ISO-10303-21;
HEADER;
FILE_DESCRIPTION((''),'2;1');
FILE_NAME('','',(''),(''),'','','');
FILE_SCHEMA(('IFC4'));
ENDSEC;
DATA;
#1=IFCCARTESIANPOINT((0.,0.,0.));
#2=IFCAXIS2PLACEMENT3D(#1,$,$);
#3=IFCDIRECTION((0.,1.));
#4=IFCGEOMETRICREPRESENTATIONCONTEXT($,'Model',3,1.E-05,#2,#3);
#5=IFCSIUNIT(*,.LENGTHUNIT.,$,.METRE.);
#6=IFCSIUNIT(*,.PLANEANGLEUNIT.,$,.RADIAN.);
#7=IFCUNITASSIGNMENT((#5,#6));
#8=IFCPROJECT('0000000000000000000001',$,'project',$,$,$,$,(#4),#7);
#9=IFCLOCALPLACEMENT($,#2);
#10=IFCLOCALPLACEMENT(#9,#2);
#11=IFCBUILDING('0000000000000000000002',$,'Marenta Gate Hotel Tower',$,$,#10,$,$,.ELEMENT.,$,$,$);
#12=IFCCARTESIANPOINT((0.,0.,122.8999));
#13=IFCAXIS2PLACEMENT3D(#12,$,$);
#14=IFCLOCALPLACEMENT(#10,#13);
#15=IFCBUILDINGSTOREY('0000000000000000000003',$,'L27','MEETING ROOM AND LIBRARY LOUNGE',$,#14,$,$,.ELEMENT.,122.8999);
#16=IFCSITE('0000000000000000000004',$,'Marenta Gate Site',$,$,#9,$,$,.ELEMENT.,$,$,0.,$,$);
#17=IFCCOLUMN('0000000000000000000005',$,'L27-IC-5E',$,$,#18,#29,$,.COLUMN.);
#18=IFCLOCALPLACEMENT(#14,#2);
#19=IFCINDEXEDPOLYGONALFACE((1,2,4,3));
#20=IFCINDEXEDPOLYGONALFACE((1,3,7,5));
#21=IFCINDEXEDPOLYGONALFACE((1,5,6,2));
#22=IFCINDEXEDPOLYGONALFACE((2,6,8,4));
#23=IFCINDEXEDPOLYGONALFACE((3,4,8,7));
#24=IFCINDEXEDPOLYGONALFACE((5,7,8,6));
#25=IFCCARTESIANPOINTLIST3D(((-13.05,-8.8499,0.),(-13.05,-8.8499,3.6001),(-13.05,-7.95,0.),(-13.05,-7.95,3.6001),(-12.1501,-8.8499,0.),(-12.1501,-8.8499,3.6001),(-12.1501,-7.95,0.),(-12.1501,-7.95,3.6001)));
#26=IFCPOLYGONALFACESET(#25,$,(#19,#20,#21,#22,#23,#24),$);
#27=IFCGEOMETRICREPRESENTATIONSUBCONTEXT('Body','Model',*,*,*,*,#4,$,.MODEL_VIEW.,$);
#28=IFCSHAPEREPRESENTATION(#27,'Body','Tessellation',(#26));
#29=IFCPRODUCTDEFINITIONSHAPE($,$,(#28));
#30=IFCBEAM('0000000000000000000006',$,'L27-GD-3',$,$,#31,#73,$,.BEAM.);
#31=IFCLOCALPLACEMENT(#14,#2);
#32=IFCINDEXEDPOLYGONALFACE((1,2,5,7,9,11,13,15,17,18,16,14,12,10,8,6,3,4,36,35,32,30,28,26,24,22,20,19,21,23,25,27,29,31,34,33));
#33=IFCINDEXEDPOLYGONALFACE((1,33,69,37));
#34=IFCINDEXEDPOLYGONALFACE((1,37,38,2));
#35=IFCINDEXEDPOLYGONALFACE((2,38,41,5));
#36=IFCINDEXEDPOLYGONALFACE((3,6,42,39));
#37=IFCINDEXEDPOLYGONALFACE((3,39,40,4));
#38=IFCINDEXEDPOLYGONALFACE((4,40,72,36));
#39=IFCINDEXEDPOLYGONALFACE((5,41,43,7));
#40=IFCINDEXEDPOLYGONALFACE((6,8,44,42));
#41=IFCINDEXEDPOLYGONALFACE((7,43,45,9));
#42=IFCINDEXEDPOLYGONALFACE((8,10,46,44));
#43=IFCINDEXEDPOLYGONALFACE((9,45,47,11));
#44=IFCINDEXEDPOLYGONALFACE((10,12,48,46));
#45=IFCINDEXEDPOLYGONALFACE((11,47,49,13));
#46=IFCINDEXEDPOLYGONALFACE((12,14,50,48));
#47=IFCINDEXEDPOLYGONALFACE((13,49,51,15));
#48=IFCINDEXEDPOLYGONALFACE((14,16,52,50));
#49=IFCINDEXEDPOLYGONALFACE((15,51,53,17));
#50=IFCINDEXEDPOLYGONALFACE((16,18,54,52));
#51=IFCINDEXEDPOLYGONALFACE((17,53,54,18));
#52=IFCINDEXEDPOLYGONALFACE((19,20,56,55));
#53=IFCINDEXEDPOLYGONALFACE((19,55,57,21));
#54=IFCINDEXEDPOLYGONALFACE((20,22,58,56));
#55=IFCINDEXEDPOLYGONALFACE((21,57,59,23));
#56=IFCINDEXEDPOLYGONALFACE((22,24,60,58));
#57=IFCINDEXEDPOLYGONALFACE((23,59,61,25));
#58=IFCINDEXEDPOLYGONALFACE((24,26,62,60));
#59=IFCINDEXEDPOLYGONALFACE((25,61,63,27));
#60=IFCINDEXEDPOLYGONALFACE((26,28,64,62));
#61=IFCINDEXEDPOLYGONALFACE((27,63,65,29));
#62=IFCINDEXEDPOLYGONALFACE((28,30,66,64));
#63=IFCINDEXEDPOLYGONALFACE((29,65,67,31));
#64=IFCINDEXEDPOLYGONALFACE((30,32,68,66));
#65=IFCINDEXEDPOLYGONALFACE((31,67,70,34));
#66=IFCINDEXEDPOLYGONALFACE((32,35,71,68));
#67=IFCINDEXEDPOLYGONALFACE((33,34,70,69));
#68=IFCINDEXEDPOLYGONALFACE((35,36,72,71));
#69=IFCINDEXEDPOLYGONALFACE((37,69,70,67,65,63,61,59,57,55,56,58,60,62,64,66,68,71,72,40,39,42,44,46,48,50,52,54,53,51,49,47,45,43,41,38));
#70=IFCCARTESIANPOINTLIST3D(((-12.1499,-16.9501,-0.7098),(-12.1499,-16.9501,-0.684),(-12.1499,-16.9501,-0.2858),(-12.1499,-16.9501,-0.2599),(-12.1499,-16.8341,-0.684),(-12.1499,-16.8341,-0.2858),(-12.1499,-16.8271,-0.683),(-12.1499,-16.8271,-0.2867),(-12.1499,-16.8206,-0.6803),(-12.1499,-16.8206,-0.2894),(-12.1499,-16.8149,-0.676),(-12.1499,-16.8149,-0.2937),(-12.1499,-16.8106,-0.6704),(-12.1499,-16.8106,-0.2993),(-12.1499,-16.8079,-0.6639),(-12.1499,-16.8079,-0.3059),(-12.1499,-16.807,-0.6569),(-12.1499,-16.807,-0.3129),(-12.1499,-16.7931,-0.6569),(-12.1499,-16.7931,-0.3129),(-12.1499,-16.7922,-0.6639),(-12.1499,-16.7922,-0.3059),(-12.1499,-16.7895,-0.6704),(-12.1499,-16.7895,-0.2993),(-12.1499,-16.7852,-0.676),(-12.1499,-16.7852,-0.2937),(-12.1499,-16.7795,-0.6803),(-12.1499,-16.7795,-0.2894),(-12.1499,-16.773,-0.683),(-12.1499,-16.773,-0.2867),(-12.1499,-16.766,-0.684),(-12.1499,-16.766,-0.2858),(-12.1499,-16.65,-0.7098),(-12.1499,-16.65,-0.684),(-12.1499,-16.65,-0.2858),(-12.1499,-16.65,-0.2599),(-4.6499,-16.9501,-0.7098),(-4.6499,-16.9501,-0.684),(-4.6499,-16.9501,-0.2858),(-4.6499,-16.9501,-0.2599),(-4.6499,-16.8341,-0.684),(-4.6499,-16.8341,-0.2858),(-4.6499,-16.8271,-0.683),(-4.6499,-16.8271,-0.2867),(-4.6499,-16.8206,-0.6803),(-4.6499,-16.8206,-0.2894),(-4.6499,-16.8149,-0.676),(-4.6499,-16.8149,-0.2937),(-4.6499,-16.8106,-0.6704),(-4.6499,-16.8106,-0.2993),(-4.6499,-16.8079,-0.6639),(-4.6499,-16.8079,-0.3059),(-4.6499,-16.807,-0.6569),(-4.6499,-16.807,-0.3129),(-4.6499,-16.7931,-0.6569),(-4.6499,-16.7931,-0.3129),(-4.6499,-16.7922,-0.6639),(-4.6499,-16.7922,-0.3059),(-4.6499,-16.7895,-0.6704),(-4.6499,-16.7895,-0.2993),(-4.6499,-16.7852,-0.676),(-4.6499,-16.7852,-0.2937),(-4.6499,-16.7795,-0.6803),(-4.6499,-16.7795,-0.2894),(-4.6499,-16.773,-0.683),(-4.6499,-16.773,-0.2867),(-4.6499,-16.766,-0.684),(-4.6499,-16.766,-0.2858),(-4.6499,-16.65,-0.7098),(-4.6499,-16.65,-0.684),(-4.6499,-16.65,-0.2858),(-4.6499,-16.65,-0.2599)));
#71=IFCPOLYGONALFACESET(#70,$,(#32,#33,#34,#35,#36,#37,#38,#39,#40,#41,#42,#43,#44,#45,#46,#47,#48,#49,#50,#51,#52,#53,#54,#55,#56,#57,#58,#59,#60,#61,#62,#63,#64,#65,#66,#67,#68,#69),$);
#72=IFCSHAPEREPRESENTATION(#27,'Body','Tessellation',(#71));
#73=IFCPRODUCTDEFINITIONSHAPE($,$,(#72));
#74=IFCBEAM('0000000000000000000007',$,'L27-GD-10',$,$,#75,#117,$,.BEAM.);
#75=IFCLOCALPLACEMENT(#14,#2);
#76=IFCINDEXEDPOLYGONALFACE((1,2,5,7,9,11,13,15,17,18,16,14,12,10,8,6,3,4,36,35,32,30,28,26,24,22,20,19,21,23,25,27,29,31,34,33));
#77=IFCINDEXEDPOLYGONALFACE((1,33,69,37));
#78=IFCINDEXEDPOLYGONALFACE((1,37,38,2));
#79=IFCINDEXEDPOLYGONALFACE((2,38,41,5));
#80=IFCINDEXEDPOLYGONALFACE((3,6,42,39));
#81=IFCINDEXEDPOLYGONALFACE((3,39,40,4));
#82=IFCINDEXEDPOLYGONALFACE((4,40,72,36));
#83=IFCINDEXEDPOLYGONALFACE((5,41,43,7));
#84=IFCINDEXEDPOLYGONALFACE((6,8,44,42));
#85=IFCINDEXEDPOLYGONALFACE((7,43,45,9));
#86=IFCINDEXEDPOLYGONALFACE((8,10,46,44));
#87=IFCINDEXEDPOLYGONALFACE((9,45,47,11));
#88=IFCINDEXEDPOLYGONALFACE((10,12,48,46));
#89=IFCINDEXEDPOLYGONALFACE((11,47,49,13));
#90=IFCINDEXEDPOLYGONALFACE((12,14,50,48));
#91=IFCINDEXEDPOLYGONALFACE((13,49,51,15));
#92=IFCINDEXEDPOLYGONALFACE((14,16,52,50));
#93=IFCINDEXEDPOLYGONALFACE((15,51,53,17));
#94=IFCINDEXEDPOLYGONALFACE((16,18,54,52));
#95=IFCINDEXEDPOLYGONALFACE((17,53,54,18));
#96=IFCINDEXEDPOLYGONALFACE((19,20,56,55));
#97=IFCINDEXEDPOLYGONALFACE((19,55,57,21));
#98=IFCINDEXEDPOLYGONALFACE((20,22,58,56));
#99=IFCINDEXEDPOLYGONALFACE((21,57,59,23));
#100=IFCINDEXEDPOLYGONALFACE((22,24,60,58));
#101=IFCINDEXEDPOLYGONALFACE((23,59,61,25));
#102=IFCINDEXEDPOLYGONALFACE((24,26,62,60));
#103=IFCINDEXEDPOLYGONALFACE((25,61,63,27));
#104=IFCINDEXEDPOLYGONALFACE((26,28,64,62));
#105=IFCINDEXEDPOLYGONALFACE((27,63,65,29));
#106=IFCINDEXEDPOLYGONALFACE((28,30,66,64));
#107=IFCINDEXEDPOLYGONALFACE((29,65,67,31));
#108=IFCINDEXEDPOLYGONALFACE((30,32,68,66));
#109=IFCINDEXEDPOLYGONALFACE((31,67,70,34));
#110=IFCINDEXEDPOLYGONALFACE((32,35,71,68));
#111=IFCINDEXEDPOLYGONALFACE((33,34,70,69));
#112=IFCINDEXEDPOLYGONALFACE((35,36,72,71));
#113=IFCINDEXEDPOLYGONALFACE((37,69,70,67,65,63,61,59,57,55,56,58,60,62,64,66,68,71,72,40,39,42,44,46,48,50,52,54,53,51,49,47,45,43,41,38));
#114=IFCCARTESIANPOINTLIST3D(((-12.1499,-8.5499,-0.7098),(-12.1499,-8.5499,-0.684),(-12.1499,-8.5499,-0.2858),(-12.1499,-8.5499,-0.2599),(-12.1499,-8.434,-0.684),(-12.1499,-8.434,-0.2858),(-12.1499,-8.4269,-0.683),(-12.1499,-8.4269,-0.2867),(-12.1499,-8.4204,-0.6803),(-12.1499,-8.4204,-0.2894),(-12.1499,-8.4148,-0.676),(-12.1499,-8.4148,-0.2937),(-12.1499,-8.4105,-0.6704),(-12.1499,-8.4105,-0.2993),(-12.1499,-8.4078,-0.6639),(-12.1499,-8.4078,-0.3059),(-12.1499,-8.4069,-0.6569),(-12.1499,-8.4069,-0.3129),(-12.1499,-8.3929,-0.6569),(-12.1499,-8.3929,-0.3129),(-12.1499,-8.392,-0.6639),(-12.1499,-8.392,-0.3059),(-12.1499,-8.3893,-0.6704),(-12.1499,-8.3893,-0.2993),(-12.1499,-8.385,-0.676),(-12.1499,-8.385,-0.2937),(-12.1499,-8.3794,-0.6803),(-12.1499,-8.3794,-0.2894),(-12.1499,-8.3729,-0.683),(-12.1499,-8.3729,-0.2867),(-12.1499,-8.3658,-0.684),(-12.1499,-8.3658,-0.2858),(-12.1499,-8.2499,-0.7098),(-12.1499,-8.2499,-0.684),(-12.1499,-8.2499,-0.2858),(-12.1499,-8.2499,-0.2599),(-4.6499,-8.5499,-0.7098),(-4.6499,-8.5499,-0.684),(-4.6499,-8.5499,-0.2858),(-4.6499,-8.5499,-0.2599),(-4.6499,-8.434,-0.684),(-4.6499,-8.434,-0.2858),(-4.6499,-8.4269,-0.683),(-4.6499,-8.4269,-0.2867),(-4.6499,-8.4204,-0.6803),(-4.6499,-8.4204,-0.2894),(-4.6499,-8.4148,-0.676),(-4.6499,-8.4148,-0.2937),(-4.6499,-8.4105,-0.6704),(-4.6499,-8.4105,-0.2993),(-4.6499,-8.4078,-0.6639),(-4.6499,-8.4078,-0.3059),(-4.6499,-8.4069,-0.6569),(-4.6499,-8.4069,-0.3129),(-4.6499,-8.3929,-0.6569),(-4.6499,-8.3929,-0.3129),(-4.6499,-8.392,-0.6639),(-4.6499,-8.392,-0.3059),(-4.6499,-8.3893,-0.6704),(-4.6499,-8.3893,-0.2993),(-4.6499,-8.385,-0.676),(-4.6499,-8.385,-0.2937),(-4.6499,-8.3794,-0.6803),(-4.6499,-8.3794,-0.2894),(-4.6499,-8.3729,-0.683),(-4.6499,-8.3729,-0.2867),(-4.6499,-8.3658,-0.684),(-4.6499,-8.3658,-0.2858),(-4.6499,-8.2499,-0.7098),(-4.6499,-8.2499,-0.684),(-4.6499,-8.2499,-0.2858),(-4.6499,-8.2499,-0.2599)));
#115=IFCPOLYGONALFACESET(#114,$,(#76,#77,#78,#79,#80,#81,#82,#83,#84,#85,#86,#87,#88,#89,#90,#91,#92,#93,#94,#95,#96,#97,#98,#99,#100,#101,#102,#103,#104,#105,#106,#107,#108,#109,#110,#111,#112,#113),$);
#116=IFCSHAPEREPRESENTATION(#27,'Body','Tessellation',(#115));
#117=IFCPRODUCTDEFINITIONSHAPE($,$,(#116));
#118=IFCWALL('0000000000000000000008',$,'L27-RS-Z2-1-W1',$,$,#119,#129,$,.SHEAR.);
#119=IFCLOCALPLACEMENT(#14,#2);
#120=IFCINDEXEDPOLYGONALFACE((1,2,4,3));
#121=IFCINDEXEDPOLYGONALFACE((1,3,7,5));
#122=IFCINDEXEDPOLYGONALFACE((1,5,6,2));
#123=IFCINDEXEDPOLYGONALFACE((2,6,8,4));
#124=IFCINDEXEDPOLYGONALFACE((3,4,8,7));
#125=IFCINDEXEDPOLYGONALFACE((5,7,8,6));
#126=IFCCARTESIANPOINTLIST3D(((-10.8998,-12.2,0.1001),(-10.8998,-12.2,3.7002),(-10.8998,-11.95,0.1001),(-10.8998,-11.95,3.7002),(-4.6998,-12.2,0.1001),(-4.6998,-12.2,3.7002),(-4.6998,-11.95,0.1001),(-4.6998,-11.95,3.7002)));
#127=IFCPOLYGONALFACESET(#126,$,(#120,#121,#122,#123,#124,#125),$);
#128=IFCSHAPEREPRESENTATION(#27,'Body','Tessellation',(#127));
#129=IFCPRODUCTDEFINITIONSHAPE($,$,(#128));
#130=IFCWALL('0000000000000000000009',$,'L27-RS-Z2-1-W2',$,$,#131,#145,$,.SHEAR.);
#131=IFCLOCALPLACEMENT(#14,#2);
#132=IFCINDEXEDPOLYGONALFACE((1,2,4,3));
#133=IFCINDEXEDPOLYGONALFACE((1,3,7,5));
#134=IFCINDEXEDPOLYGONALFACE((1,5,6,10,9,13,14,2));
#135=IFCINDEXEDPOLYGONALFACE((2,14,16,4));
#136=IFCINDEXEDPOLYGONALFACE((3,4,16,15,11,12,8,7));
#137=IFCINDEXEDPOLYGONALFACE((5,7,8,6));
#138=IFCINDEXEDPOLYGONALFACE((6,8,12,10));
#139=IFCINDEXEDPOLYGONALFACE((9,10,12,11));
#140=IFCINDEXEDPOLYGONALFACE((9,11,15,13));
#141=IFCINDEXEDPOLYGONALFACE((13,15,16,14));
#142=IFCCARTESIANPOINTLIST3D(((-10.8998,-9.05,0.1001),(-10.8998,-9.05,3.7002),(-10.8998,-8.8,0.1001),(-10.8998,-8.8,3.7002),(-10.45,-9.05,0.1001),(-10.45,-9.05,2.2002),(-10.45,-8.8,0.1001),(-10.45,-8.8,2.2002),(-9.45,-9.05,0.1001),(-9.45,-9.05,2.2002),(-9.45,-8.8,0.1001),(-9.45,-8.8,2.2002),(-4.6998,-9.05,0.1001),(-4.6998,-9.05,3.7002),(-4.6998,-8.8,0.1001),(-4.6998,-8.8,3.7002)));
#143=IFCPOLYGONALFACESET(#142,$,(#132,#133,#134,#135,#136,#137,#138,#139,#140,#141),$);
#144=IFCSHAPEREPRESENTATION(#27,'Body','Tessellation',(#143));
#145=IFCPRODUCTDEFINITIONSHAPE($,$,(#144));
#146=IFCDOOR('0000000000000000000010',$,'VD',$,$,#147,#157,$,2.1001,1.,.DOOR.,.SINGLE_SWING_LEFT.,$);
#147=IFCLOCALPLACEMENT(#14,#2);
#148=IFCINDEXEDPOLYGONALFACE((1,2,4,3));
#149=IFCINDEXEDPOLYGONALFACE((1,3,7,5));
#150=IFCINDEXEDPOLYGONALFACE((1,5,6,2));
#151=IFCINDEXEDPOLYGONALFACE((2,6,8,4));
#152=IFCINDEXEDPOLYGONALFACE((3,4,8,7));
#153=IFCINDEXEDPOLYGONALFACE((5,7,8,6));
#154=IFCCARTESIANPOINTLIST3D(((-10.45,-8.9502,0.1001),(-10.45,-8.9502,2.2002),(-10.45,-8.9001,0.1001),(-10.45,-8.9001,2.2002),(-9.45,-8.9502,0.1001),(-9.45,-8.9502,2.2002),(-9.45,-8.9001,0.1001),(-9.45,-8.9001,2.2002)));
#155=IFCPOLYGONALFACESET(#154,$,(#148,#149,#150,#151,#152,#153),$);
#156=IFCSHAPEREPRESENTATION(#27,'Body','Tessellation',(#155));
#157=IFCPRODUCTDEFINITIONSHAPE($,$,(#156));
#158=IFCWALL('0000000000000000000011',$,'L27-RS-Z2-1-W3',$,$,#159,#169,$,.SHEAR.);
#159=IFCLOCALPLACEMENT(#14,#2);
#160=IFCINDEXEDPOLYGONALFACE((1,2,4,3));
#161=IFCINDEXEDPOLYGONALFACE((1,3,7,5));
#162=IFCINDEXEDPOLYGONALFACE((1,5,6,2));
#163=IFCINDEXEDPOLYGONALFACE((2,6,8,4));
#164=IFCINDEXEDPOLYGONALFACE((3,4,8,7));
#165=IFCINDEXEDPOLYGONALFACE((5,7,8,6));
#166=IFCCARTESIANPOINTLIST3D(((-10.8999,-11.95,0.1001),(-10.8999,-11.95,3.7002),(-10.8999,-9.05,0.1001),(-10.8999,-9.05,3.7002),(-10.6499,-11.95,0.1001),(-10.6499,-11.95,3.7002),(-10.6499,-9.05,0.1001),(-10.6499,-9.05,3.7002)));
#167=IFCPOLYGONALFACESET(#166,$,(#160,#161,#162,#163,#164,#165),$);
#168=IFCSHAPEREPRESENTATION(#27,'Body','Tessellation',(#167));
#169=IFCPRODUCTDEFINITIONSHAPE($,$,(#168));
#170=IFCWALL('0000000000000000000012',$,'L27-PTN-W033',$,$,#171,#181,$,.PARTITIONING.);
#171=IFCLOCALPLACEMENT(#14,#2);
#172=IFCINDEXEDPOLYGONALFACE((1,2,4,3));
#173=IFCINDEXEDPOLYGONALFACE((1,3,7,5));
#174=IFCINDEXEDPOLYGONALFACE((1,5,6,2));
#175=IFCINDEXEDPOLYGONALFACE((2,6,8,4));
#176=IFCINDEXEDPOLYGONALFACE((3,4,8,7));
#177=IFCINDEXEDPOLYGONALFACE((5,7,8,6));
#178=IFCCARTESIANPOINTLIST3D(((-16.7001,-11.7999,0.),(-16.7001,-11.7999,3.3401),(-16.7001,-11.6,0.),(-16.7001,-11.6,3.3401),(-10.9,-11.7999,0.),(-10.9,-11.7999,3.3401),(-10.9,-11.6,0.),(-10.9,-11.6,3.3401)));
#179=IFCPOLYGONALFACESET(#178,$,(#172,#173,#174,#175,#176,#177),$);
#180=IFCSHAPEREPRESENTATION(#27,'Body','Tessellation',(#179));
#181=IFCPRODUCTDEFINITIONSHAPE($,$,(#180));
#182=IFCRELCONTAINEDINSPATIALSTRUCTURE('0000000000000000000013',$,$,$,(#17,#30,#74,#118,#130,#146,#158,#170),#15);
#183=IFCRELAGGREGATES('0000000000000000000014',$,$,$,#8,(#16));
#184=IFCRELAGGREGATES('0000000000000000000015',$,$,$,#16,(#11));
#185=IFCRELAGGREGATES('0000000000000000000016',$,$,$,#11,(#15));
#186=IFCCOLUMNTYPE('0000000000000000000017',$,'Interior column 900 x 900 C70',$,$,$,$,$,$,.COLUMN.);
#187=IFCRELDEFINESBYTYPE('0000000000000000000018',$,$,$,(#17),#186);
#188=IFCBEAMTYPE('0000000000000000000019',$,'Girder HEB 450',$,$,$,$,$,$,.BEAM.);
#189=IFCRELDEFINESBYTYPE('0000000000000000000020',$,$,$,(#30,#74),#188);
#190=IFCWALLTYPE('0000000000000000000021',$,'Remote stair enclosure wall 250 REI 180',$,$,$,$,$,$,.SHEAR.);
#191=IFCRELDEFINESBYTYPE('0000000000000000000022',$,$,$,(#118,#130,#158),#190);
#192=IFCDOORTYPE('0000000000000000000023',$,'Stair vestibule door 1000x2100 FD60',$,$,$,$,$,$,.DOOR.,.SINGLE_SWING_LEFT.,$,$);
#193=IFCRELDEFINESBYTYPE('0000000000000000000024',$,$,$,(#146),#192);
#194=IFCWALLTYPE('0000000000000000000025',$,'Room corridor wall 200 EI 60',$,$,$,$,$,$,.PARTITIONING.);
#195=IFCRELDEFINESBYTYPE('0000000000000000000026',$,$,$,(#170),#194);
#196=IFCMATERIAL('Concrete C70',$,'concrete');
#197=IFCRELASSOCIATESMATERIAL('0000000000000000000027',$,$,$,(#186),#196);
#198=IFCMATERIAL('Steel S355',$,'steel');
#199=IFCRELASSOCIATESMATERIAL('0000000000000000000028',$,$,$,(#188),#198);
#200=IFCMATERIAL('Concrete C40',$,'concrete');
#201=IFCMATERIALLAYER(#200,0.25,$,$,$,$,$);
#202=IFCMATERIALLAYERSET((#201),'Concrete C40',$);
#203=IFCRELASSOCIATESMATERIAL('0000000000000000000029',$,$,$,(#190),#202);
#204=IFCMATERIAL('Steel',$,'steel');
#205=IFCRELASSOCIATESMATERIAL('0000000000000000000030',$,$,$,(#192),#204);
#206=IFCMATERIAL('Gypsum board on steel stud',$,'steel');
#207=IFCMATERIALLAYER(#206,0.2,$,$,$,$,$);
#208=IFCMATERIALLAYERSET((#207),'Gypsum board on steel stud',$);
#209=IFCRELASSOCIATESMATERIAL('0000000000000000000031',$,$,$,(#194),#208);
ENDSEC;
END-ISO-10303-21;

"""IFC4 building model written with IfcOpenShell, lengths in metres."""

from ifc_helpers import new_model, si_unit, direction, frame, frame_2d, origin, origin_2d, place, context, subcontext, project, spatial, rectangle, i_section, extrude, material, layer, layer_set, material_profile, profile_set, type_object, element, fill, save


model = new_model("IFC4")

# Units and contexts
model_context = context("Model", 3, precision=1e-05, world=origin(), true_north=direction((0.0, 1.0)))
body_context = subcontext(model_context, "Body", "Model", "MODEL_VIEW")
ifc_project = project(units=[si_unit("LENGTHUNIT", "METRE"), si_unit("PLANEANGLEUNIT", "RADIAN")], contexts=[model_context])

# Site, building, storey
site_placement = place(None, origin())
site = spatial("IfcSite", under=ifc_project, at=site_placement, Name="Marenta Gate Site", CompositionType="ELEMENT", RefElevation=0.0)
building_placement = place(site_placement, origin())
building = spatial("IfcBuilding", under=site, at=building_placement, Name="Marenta Gate Hotel Tower", CompositionType="ELEMENT")
storey_placement = place(building_placement, frame((0.0, 0.0, 122.8999)))
storey = spatial("IfcBuildingStorey", under=building, at=storey_placement, Name="L27", Description="MEETING ROOM AND LIBRARY LOUNGE", CompositionType="ELEMENT", Elevation=122.8999)

# Column
ifc_material_1 = material(Name="Concrete C70", Category="concrete")
ifc_material_profile_1 = material_profile(ifc_material_1, rectangle(XDim=0.8999, YDim=0.8999, at=origin_2d()), Name="900 x 900")
ifc_profile_set_1 = profile_set([ifc_material_profile_1], Name="Concrete C70")
column_type = type_object("IfcColumnType", Name="Interior column 900 x 900 C70", PredefinedType="COLUMN", material=ifc_profile_set_1)
column_placement = place(storey_placement, frame((-12.6001, -8.3999, 0.0), z_axis=(0.0, 0.0, 1.0), x_axis=(1.0, 0.0, 0.0)))
element("IfcColumn", 1, at=column_placement, inside=storey, type_object=column_type, Name="L27-IC-5E", PredefinedType="COLUMN", context=body_context, shape_type="SweptSolid", body=[
    extrude(rectangle(XDim=0.8999, YDim=0.8999, at=origin_2d()), origin(), (0.0, 0.0, 1.0), 3.6001),
])

# Beams
ifc_material_2 = material(Name="Steel S355", Category="steel")
ifc_material_profile_2 = material_profile(ifc_material_2, i_section(OverallWidth=0.3, OverallDepth=0.45, WebThickness=0.0139, FlangeThickness=0.0259, FilletRadius=0.0271, at=origin_2d()), Name="HEB 450")
ifc_profile_set_2 = profile_set([ifc_material_profile_2], Name="Steel S355")
beam_type = type_object("IfcBeamType", Name="Girder HEB 450", PredefinedType="BEAM", material=ifc_profile_set_2)
for number, where, z_axis, x_axis, name in (
    (2, (-12.1499, -16.8, -0.4849), (1.0, 0.0, 0.0), (0.0, 1.0, 0.0), "L27-GD-3"),
    (3, (-12.1499, -8.3999, -0.4849), (1.0, 0.0, 0.0), (0.0, 1.0, 0.0), "L27-GD-10"),
):
    element("IfcBeam", number, at=place(storey_placement, frame(where, z_axis=z_axis, x_axis=x_axis)), inside=storey, type_object=beam_type, Name=name, PredefinedType="BEAM", context=body_context, shape_type="SweptSolid", body=[
        extrude(i_section(OverallWidth=0.3, OverallDepth=0.45, WebThickness=0.0139, FlangeThickness=0.0259, FilletRadius=0.0271, at=origin_2d()), origin(), (0.0, 0.0, 1.0), 7.5),
    ])

# Wall
ifc_material_3 = material(Name="Concrete C40", Category="concrete")
ifc_layer_1 = layer(ifc_material_3, 0.25)
ifc_layer_set_1 = layer_set([ifc_layer_1], Name="Concrete C40")
wall_type_1 = type_object("IfcWallType", Name="Remote stair enclosure wall 250 REI 180", PredefinedType="SHEAR", material=ifc_layer_set_1)
wall_1_placement = place(storey_placement, frame((-10.8999, -12.075, 0.1001), z_axis=(0.0, 0.0, 1.0), x_axis=(1.0, 0.0, 0.0)))
element("IfcWall", 4, at=wall_1_placement, inside=storey, type_object=wall_type_1, Name="L27-RS-Z2-1-W1", PredefinedType="SHEAR", context=body_context, shape_type="SweptSolid", body=[
    extrude(rectangle(XDim=6.2, YDim=0.25, at=frame_2d((3.1001, 0.0))), origin(), (0.0, 0.0, 1.0), 3.6001),
])

# Wall, opening, door
wall_2_placement = place(storey_placement, frame((-10.8999, -8.925, 0.1001), z_axis=(0.0, 0.0, 1.0), x_axis=(1.0, 0.0, 0.0)))
wall_2 = element("IfcWall", 5, at=wall_2_placement, inside=storey, type_object=wall_type_1, Name="L27-RS-Z2-1-W2", PredefinedType="SHEAR", context=body_context, shape_type="SweptSolid", body=[
    extrude(rectangle(XDim=6.2, YDim=0.25, at=frame_2d((3.1001, 0.0))), origin(), (0.0, 0.0, 1.0), 3.6001),
])
opening_1_placement = place(wall_2_placement, frame((0.45, 0.0, 0.0)))
opening_1 = element("IfcOpeningElement", 6, at=opening_1_placement, cuts=wall_2, PredefinedType="OPENING", context=body_context, shape_type="SweptSolid", body=[
    extrude(rectangle(XDim=1.0, YDim=2.1001, at=frame_2d((0.5, 1.05))), frame((0.0, 0.125, 0.0), z_axis=(0.0, -1.0, 0.0), x_axis=(1.0, 0.0, 0.0)), (0.0, 0.0, 1.0), 0.25),
])
ifc_material_4 = material(Name="Steel", Category="steel")
door_type_1 = type_object("IfcDoorType", Name="Stair vestibule door 1000x2100 FD60", OperationType="SINGLE_SWING_LEFT", PredefinedType="DOOR", material=ifc_material_4)
door_1_placement = place(opening_1_placement, origin())
door_1 = element("IfcDoor", 7, at=door_1_placement, inside=storey, type_object=door_type_1, Name="VD", OperationType="SINGLE_SWING_LEFT", OverallHeight=2.1001, OverallWidth=1.0, PredefinedType="DOOR", context=body_context, shape_type="SweptSolid", body=[
    extrude(rectangle(XDim=1.0, YDim=2.1001, at=frame_2d((0.5, 1.05))), frame((0.0, 0.0249, 0.0), z_axis=(0.0, -1.0, 0.0), x_axis=(1.0, 0.0, 0.0)), (0.0, 0.0, 1.0), 0.05),
])
fill(opening_1, door_1)

# Wall
wall_3_placement = place(storey_placement, frame((-10.7749, -11.95, 0.1001), z_axis=(0.0, 0.0, 1.0), x_axis=(0.0, 1.0, 0.0)))
element("IfcWall", 8, at=wall_3_placement, inside=storey, type_object=wall_type_1, Name="L27-RS-Z2-1-W3", PredefinedType="SHEAR", context=body_context, shape_type="SweptSolid", body=[
    extrude(rectangle(XDim=2.8999, YDim=0.25, at=frame_2d((1.45, 0.0))), origin(), (0.0, 0.0, 1.0), 3.6001),
])

# Shared definitions
ifc_material_5 = material(Name="Gypsum board on steel stud", Category="steel")
ifc_layer_2 = layer(ifc_material_5, 0.2)
ifc_layer_set_2 = layer_set([ifc_layer_2], Name="Gypsum board on steel stud")
wall_type_2 = type_object("IfcWallType", Name="Room corridor wall 200 EI 60", PredefinedType="PARTITIONING", material=ifc_layer_set_2)

# Wall
wall_4_placement = place(storey_placement, frame((-16.7, -11.7, 0.0), z_axis=(0.0, 0.0, 1.0), x_axis=(1.0, 0.0, 0.0)))
element("IfcWall", 9, at=wall_4_placement, inside=storey, type_object=wall_type_2, Name="L27-PTN-W033", PredefinedType="PARTITIONING", context=body_context, shape_type="SweptSolid", body=[
    extrude(rectangle(XDim=5.8, YDim=0.2, at=frame_2d((2.8999, 0.0))), origin(), (0.0, 0.0, 1.0), 3.3401),
])

save(model, "model.ifc")
